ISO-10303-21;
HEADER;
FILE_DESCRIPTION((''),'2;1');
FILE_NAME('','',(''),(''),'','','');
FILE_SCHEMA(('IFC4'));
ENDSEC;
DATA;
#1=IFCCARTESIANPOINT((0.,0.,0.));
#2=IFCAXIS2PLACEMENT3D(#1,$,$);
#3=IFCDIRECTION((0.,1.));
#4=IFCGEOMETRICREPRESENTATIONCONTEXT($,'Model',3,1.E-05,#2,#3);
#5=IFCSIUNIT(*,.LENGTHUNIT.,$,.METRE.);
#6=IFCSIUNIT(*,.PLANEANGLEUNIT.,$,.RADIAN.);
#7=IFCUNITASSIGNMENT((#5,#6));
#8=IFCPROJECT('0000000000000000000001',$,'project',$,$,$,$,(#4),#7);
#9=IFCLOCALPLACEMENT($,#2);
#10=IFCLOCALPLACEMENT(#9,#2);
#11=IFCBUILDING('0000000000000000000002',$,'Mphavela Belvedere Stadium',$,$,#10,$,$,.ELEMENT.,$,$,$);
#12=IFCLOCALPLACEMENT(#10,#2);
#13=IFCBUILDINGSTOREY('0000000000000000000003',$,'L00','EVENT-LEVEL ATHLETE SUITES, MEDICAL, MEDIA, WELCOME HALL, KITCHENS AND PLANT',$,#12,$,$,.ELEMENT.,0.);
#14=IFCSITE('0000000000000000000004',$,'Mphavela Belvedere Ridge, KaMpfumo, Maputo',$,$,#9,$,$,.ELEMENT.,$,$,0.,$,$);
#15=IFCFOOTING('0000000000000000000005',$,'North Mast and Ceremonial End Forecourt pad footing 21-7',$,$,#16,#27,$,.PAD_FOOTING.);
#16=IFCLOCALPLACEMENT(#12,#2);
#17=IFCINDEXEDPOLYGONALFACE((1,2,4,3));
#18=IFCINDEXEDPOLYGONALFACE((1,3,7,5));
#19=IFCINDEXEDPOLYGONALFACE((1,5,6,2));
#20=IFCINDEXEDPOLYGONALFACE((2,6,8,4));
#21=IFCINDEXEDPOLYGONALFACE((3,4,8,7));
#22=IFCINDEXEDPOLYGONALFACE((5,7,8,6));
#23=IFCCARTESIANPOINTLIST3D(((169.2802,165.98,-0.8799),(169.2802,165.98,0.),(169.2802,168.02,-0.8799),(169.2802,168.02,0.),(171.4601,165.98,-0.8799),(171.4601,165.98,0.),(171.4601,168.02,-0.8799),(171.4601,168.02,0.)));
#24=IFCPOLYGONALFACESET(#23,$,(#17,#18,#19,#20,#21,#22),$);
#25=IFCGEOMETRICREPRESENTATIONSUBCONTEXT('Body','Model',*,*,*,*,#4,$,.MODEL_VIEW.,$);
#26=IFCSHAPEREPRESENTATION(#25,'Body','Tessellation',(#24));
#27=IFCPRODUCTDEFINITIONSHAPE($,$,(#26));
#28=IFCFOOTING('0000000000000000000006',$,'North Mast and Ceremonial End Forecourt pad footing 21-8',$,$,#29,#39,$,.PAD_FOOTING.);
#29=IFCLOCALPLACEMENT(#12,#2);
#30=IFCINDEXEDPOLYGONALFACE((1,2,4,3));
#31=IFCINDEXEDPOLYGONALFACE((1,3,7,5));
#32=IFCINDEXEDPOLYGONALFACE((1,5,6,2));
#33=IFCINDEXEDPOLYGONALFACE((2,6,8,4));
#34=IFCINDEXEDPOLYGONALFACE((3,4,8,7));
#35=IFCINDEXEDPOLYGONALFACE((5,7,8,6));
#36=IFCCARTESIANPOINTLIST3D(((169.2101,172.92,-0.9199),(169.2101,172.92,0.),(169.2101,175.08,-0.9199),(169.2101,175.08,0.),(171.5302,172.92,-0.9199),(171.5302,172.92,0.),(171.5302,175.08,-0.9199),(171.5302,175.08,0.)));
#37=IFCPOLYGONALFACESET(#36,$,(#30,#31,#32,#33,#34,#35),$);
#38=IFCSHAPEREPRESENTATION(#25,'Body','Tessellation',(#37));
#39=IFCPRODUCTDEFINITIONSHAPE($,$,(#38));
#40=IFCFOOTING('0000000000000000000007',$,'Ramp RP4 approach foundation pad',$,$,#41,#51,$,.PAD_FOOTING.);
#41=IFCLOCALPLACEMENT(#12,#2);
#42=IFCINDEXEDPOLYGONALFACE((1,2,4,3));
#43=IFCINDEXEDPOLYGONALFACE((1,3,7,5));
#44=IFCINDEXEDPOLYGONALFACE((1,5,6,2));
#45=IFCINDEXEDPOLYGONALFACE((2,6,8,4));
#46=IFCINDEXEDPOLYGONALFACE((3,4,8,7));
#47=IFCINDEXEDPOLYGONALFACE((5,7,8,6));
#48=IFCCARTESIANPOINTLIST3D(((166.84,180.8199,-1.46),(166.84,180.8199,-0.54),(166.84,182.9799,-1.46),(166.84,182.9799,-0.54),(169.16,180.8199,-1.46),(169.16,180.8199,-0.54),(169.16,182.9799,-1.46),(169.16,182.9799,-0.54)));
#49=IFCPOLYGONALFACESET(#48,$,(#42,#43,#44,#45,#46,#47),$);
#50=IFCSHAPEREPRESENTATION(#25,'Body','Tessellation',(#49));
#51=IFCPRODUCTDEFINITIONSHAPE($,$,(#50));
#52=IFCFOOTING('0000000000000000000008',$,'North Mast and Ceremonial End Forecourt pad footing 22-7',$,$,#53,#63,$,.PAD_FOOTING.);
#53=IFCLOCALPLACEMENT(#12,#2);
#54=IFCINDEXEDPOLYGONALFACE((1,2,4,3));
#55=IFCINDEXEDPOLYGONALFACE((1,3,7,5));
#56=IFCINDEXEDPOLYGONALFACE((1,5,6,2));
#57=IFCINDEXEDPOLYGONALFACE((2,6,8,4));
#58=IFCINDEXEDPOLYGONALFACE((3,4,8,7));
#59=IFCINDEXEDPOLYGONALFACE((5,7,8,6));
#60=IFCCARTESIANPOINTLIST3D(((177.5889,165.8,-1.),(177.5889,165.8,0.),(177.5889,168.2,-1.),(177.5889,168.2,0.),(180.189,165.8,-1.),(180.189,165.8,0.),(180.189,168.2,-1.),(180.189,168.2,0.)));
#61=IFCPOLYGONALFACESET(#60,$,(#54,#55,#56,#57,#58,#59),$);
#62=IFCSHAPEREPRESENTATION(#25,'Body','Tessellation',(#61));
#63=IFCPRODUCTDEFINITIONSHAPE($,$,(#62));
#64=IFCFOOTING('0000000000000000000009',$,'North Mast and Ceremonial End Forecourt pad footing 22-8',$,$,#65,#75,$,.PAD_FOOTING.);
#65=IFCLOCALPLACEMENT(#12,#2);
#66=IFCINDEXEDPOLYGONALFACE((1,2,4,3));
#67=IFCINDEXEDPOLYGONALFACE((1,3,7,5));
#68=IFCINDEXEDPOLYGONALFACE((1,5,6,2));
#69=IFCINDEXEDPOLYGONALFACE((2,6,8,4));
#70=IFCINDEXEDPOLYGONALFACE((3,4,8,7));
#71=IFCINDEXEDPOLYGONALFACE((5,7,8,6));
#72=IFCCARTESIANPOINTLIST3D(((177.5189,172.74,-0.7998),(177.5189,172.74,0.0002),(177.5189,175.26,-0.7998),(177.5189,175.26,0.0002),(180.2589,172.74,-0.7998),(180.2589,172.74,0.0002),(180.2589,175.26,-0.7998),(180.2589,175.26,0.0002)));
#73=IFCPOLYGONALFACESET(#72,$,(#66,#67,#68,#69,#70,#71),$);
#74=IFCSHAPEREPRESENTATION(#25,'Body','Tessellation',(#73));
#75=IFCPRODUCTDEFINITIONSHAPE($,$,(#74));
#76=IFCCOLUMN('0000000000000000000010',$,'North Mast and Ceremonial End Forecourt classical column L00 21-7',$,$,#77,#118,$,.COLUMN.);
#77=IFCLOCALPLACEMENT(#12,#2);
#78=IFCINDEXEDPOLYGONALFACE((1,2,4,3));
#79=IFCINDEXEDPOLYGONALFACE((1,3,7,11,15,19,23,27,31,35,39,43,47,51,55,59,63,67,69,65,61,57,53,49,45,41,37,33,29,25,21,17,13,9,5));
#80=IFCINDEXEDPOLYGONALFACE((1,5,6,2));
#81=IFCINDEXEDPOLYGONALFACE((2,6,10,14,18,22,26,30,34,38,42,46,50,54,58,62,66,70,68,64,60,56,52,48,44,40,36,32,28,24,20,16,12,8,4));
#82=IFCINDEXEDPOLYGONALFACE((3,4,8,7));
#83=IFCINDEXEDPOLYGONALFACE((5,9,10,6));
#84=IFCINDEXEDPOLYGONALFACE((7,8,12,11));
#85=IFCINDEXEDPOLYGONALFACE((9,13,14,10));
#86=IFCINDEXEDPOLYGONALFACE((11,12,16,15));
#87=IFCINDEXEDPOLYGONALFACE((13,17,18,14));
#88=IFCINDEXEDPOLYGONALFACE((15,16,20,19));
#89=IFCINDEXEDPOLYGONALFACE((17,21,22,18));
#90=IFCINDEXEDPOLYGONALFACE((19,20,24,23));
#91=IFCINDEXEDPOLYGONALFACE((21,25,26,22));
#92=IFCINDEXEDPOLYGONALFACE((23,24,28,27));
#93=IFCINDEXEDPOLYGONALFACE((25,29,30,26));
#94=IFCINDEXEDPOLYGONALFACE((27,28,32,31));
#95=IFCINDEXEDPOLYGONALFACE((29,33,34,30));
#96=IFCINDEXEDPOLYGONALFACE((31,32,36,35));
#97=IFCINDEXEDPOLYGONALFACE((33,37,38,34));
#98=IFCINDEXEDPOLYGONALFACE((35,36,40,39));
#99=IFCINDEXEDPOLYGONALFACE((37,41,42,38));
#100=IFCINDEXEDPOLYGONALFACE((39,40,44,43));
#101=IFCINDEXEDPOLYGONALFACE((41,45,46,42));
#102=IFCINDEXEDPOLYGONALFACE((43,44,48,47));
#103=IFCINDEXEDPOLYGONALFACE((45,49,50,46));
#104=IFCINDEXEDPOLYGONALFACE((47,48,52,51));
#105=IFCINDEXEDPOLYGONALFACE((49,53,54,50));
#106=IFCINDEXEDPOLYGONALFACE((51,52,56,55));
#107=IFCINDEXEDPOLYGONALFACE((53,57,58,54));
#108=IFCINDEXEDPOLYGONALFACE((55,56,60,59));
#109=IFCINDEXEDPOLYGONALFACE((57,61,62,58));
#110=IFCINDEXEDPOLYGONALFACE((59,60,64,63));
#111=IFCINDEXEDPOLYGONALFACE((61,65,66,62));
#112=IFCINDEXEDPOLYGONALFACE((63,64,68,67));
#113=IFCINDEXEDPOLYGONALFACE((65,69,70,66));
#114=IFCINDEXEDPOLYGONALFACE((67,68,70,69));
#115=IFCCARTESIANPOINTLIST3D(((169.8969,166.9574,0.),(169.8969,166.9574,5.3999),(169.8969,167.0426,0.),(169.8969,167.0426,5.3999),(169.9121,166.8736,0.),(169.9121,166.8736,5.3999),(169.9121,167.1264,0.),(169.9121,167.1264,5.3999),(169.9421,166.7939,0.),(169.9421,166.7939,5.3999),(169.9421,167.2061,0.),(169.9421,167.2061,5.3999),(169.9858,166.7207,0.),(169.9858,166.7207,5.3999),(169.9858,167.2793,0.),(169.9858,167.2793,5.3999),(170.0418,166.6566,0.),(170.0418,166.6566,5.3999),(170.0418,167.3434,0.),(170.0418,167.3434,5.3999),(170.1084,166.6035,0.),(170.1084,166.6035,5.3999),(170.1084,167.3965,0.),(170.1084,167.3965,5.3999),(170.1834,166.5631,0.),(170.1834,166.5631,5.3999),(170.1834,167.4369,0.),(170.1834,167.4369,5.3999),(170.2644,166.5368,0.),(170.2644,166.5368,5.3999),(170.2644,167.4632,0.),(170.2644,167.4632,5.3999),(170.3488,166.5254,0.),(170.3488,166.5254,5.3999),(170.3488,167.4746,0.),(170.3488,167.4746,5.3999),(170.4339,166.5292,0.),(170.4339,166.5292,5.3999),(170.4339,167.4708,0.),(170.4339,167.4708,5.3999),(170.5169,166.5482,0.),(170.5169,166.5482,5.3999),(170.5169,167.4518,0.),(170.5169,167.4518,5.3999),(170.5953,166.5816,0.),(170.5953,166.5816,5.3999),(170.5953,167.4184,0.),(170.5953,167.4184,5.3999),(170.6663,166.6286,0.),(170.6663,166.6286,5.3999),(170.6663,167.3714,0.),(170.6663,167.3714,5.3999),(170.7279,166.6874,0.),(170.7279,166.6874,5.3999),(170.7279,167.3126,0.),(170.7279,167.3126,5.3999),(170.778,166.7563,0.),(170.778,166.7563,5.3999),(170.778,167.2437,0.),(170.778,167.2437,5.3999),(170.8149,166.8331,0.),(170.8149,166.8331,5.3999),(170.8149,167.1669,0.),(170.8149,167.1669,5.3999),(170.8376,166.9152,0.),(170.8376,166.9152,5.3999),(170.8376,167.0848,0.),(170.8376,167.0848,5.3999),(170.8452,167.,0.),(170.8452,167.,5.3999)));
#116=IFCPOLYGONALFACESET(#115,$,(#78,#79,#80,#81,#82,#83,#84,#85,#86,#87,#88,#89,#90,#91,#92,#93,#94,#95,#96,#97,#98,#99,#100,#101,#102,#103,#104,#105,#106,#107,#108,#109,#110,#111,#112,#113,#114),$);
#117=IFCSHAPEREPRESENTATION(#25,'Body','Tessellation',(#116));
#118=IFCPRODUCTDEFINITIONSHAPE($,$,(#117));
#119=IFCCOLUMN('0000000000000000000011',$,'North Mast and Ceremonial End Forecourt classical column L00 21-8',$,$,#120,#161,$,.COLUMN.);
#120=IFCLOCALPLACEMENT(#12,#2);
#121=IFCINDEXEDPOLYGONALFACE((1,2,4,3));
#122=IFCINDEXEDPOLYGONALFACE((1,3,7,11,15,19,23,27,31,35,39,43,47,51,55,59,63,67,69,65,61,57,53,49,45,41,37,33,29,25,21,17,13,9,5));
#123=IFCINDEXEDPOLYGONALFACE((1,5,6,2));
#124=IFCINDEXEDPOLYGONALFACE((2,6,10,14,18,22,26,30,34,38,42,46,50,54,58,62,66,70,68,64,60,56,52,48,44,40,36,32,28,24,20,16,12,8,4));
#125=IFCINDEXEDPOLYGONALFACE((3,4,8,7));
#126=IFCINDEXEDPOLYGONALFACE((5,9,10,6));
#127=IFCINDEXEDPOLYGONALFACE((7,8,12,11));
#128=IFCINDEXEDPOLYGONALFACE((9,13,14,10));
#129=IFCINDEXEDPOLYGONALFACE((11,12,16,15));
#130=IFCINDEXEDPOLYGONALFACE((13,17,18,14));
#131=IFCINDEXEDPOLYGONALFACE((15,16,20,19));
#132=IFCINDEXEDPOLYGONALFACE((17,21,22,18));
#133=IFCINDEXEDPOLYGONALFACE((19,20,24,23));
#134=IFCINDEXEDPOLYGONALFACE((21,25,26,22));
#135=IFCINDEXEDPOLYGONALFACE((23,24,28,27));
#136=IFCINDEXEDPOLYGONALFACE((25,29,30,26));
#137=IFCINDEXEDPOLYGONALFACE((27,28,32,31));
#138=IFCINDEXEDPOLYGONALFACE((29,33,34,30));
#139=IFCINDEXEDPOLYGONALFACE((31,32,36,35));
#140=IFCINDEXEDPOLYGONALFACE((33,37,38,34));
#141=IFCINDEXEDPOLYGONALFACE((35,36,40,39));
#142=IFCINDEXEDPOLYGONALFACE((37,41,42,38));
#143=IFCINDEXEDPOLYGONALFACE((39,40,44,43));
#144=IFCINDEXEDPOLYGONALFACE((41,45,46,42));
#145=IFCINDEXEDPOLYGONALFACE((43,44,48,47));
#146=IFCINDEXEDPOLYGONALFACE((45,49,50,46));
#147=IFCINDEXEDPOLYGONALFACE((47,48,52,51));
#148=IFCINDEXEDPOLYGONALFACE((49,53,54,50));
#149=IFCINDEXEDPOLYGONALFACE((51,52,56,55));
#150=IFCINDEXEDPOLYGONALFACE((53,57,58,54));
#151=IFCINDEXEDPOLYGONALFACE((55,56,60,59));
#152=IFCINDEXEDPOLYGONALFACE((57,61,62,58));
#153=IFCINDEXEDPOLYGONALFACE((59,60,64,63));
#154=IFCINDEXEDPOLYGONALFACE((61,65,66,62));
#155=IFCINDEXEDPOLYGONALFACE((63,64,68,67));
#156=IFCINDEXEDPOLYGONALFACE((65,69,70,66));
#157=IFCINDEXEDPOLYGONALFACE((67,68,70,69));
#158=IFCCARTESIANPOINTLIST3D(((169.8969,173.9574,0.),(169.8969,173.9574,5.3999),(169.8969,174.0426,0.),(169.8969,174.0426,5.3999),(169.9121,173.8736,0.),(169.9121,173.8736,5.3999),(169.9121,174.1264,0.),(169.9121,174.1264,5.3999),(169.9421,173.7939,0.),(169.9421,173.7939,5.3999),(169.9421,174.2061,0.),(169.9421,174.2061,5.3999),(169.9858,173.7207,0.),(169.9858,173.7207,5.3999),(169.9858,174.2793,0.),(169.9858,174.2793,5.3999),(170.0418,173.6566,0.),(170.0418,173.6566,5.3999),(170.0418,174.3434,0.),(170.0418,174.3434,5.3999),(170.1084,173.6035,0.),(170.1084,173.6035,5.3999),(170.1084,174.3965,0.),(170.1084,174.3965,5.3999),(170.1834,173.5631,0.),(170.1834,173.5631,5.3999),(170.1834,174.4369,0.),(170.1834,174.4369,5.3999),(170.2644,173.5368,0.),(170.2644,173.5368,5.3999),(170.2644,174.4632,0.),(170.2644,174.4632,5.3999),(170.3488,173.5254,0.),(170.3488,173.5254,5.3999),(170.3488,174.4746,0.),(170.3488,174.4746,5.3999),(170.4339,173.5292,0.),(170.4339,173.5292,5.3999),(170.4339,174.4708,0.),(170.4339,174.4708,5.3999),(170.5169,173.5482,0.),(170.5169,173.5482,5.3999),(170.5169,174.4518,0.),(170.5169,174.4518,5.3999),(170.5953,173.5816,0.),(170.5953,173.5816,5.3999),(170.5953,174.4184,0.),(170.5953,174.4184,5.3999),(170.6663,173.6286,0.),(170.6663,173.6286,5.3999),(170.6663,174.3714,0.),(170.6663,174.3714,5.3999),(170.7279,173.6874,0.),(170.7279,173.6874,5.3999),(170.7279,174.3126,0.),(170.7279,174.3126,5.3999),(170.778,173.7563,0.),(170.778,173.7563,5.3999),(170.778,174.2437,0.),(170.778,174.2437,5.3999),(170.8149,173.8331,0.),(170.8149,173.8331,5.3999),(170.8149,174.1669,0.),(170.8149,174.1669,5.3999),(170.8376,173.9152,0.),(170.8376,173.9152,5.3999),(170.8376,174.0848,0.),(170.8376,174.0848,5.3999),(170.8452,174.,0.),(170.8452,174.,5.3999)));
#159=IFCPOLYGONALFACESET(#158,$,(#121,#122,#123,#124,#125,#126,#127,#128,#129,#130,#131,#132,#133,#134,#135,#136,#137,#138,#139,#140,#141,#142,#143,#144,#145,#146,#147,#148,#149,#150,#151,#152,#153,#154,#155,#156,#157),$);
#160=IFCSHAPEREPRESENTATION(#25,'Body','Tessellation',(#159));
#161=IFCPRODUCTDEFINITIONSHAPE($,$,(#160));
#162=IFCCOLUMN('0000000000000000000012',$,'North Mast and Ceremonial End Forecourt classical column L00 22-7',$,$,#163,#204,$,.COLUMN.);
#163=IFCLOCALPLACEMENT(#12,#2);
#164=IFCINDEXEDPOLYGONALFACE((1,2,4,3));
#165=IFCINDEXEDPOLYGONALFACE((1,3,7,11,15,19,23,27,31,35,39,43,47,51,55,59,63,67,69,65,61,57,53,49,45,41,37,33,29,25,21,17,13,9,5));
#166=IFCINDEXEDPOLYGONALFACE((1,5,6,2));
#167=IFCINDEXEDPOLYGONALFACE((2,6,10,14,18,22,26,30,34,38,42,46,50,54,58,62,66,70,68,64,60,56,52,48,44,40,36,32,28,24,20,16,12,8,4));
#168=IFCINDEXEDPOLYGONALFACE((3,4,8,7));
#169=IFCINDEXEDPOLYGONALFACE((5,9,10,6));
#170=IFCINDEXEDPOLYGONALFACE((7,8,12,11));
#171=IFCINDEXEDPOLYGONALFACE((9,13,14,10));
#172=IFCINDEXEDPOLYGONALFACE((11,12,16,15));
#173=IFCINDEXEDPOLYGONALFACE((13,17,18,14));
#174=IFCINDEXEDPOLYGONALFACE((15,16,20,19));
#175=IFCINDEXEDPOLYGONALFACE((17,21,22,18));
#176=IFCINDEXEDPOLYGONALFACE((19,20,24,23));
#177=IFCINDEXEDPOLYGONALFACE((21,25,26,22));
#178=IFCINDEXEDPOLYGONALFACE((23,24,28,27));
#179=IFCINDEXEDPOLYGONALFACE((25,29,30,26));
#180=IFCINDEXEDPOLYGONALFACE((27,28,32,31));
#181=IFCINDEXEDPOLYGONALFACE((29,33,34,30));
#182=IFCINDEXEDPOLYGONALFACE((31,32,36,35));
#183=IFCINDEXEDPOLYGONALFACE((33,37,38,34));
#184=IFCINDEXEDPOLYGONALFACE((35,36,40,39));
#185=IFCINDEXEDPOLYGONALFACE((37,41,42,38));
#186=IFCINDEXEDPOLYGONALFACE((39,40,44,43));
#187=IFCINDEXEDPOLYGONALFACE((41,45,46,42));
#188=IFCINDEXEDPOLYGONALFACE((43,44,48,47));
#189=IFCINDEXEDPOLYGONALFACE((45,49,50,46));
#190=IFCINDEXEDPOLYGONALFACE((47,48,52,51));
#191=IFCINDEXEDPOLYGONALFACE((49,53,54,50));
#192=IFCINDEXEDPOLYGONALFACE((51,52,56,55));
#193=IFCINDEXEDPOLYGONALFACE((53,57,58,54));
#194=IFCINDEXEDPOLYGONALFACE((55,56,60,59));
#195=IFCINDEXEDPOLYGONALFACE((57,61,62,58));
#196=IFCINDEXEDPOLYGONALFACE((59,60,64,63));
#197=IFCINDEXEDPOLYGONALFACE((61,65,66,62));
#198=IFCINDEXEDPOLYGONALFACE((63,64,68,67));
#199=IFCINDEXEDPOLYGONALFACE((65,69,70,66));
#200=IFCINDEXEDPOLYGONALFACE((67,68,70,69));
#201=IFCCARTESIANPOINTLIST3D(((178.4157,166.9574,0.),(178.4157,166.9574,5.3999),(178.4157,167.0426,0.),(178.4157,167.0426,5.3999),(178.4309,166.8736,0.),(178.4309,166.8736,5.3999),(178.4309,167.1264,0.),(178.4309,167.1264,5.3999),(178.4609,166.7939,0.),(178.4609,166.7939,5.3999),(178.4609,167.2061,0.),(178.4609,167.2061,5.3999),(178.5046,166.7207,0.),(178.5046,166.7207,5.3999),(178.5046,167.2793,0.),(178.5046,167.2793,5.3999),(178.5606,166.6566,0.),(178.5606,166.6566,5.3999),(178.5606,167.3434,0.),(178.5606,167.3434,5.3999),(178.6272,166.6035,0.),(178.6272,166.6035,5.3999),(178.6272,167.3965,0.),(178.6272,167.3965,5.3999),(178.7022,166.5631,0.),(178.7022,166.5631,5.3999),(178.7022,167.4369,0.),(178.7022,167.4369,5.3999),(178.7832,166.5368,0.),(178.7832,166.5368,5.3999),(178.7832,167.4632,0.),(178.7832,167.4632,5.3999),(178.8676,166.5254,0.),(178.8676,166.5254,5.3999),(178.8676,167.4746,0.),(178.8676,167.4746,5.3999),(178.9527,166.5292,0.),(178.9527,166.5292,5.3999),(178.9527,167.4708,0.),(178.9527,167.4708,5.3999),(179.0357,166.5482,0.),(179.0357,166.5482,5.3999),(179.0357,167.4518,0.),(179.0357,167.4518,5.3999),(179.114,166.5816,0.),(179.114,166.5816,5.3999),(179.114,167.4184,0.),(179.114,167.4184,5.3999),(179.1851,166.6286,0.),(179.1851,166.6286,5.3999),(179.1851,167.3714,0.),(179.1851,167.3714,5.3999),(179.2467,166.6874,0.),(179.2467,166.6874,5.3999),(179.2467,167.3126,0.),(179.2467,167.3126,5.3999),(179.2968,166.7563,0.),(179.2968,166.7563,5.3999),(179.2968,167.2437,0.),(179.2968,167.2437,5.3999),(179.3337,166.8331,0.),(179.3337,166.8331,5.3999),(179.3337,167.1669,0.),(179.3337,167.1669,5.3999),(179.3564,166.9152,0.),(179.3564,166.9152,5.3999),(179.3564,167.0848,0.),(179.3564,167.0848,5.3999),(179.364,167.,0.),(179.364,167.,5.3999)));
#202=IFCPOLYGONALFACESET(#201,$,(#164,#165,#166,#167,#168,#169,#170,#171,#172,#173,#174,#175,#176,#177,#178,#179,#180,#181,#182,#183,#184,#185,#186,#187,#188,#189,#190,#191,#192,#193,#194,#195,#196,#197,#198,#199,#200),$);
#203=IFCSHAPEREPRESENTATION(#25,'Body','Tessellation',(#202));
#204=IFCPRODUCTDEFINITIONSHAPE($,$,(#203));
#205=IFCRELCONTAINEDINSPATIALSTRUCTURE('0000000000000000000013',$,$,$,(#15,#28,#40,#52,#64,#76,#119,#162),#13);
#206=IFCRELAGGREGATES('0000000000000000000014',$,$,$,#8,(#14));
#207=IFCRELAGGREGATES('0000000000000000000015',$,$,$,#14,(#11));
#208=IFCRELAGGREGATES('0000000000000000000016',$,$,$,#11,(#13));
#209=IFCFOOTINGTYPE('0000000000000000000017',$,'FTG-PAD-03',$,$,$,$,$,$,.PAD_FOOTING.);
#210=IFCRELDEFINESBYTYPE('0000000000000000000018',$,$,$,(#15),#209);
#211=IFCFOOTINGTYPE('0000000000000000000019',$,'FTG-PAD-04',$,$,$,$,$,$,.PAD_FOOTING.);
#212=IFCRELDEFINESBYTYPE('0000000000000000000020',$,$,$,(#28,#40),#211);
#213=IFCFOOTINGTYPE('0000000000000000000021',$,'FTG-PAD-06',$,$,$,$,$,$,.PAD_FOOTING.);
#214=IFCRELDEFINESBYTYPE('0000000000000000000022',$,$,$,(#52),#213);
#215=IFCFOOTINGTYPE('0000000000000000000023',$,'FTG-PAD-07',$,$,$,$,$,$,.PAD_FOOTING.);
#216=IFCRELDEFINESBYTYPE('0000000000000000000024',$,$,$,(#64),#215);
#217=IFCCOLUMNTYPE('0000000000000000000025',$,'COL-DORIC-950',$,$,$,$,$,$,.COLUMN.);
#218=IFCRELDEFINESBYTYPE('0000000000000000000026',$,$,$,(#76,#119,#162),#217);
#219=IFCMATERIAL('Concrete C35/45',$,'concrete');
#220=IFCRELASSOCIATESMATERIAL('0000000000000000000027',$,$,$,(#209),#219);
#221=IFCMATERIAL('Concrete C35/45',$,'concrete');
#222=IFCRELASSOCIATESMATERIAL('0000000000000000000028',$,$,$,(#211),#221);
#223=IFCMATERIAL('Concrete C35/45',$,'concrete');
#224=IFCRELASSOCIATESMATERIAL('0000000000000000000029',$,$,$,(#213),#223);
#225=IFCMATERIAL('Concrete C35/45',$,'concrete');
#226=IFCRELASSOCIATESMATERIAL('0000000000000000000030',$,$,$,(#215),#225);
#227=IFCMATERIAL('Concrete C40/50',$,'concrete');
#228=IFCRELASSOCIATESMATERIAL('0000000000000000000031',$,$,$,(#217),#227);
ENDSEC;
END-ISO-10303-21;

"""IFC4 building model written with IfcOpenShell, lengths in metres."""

from ifc_helpers import new_model, si_unit, direction, frame, origin, origin_2d, place, context, subcontext, project, spatial, rectangle, circle, extrude, material, material_profile, profile_set, type_object, element, save


model = new_model("IFC4")

# Units and contexts
model_context = context("Model", 3, precision=1e-05, world=origin(), true_north=direction((0.0, 1.0)))
body_context = subcontext(model_context, "Body", "Model", "MODEL_VIEW")
ifc_project = project(units=[si_unit("LENGTHUNIT", "METRE"), si_unit("PLANEANGLEUNIT", "RADIAN")], contexts=[model_context])

# Site, building, storey
site_placement = place(None, origin())
site = spatial("IfcSite", under=ifc_project, at=site_placement, Name="Mphavela Belvedere Ridge, KaMpfumo, Maputo", CompositionType="ELEMENT", RefElevation=0.0)
building_placement = place(site_placement, origin())
building = spatial("IfcBuilding", under=site, at=building_placement, Name="Mphavela Belvedere Stadium", CompositionType="ELEMENT")
storey_placement = place(building_placement, origin())
storey = spatial("IfcBuildingStorey", under=building, at=storey_placement, Name="L00", Description="EVENT-LEVEL ATHLETE SUITES, MEDICAL, MEDIA, WELCOME HALL, KITCHENS AND PLANT", CompositionType="ELEMENT", Elevation=0.0)

# Footings
ifc_material_1 = material(Name="Concrete C35/45", Category="concrete")
footing_type_1 = type_object("IfcFootingType", Name="FTG-PAD-03", PredefinedType="PAD_FOOTING", material=ifc_material_1)
footing_1_placement = place(storey_placement, frame((170.3701, 167.0, -0.8799), z_axis=(0.0, 0.0, 1.0), x_axis=(1.0, 0.0, 0.0)))
element("IfcFooting", 1, at=footing_1_placement, inside=storey, type_object=footing_type_1, Name="North Mast and Ceremonial End Forecourt pad footing 21-7", PredefinedType="PAD_FOOTING", context=body_context, shape_type="SweptSolid", body=[
    extrude(rectangle(XDim=2.1799, YDim=2.04, at=origin_2d()), origin(), (0.0, 0.0, 1.0), 0.8799),
])
ifc_material_2 = material(Name="Concrete C35/45", Category="concrete")
footing_type_2 = type_object("IfcFootingType", Name="FTG-PAD-04", PredefinedType="PAD_FOOTING", material=ifc_material_2)
for number, where, z_axis, x_axis, name in (
    (2, (170.3701, 174.0, -0.9199), (0.0, 0.0, 1.0), (1.0, 0.0, 0.0), "North Mast and Ceremonial End Forecourt pad footing 21-8"),
    (3, (168.0, 181.8999, -1.46), (0.0, 0.0, 1.0), (1.0, 0.0, 0.0), "Ramp RP4 approach foundation pad"),
):
    element("IfcFooting", number, at=place(storey_placement, frame(where, z_axis=z_axis, x_axis=x_axis)), inside=storey, type_object=footing_type_2, Name=name, PredefinedType="PAD_FOOTING", context=body_context, shape_type="SweptSolid", body=[
        extrude(rectangle(XDim=2.3201, YDim=2.1599, at=origin_2d()), origin(), (0.0, 0.0, 1.0), 0.9199),
    ])
ifc_material_3 = material(Name="Concrete C35/45", Category="concrete")
footing_type_3 = type_object("IfcFootingType", Name="FTG-PAD-06", PredefinedType="PAD_FOOTING", material=ifc_material_3)
footing_2_placement = place(storey_placement, frame((178.8889, 167.0, -1.0), z_axis=(0.0, 0.0, 1.0), x_axis=(1.0, 0.0, 0.0)))
element("IfcFooting", 4, at=footing_2_placement, inside=storey, type_object=footing_type_3, Name="North Mast and Ceremonial End Forecourt pad footing 22-7", PredefinedType="PAD_FOOTING", context=body_context, shape_type="SweptSolid", body=[
    extrude(rectangle(XDim=2.6001, YDim=2.3999, at=origin_2d()), origin(), (0.0, 0.0, 1.0), 1.0),
])
ifc_material_4 = material(Name="Concrete C35/45", Category="concrete")
footing_type_4 = type_object("IfcFootingType", Name="FTG-PAD-07", PredefinedType="PAD_FOOTING", material=ifc_material_4)
footing_3_placement = place(storey_placement, frame((178.8889, 174.0, -0.7998), z_axis=(0.0, 0.0, 1.0), x_axis=(1.0, 0.0, 0.0)))
element("IfcFooting", 5, at=footing_3_placement, inside=storey, type_object=footing_type_4, Name="North Mast and Ceremonial End Forecourt pad footing 22-8", PredefinedType="PAD_FOOTING", context=body_context, shape_type="SweptSolid", body=[
    extrude(rectangle(XDim=2.74, YDim=2.52, at=origin_2d()), origin(), (0.0, 0.0, 1.0), 0.8),
])

# Columns
ifc_material_5 = material(Name="Concrete C40/50", Category="concrete")
ifc_material_profile_1 = material_profile(ifc_material_5, circle(Radius=0.4751, at=origin_2d()), Name="COL D950")
ifc_profile_set_1 = profile_set([ifc_material_profile_1], Name="Concrete C40/50")
column_type = type_object("IfcColumnType", Name="COL-DORIC-950", PredefinedType="COLUMN", material=ifc_profile_set_1)
for number, where, z_axis, x_axis, name in (
    (6, (170.3701, 167.0, 0.0), (0.0, 0.0, 1.0), (1.0, 0.0, 0.0), "North Mast and Ceremonial End Forecourt classical column L00 21-7"),
    (7, (170.3701, 174.0, 0.0), (0.0, 0.0, 1.0), (1.0, 0.0, 0.0), "North Mast and Ceremonial End Forecourt classical column L00 21-8"),
    (8, (178.8889, 167.0, 0.0), (0.0, 0.0, 1.0), (1.0, 0.0, 0.0), "North Mast and Ceremonial End Forecourt classical column L00 22-7"),
):
    element("IfcColumn", number, at=place(storey_placement, frame(where, z_axis=z_axis, x_axis=x_axis)), inside=storey, type_object=column_type, Name=name, PredefinedType="COLUMN", context=body_context, shape_type="SweptSolid", body=[
        extrude(circle(Radius=0.4751, at=origin_2d()), origin(), (0.0, 0.0, 1.0), 5.3999),
    ])

save(model, "model.ifc")
